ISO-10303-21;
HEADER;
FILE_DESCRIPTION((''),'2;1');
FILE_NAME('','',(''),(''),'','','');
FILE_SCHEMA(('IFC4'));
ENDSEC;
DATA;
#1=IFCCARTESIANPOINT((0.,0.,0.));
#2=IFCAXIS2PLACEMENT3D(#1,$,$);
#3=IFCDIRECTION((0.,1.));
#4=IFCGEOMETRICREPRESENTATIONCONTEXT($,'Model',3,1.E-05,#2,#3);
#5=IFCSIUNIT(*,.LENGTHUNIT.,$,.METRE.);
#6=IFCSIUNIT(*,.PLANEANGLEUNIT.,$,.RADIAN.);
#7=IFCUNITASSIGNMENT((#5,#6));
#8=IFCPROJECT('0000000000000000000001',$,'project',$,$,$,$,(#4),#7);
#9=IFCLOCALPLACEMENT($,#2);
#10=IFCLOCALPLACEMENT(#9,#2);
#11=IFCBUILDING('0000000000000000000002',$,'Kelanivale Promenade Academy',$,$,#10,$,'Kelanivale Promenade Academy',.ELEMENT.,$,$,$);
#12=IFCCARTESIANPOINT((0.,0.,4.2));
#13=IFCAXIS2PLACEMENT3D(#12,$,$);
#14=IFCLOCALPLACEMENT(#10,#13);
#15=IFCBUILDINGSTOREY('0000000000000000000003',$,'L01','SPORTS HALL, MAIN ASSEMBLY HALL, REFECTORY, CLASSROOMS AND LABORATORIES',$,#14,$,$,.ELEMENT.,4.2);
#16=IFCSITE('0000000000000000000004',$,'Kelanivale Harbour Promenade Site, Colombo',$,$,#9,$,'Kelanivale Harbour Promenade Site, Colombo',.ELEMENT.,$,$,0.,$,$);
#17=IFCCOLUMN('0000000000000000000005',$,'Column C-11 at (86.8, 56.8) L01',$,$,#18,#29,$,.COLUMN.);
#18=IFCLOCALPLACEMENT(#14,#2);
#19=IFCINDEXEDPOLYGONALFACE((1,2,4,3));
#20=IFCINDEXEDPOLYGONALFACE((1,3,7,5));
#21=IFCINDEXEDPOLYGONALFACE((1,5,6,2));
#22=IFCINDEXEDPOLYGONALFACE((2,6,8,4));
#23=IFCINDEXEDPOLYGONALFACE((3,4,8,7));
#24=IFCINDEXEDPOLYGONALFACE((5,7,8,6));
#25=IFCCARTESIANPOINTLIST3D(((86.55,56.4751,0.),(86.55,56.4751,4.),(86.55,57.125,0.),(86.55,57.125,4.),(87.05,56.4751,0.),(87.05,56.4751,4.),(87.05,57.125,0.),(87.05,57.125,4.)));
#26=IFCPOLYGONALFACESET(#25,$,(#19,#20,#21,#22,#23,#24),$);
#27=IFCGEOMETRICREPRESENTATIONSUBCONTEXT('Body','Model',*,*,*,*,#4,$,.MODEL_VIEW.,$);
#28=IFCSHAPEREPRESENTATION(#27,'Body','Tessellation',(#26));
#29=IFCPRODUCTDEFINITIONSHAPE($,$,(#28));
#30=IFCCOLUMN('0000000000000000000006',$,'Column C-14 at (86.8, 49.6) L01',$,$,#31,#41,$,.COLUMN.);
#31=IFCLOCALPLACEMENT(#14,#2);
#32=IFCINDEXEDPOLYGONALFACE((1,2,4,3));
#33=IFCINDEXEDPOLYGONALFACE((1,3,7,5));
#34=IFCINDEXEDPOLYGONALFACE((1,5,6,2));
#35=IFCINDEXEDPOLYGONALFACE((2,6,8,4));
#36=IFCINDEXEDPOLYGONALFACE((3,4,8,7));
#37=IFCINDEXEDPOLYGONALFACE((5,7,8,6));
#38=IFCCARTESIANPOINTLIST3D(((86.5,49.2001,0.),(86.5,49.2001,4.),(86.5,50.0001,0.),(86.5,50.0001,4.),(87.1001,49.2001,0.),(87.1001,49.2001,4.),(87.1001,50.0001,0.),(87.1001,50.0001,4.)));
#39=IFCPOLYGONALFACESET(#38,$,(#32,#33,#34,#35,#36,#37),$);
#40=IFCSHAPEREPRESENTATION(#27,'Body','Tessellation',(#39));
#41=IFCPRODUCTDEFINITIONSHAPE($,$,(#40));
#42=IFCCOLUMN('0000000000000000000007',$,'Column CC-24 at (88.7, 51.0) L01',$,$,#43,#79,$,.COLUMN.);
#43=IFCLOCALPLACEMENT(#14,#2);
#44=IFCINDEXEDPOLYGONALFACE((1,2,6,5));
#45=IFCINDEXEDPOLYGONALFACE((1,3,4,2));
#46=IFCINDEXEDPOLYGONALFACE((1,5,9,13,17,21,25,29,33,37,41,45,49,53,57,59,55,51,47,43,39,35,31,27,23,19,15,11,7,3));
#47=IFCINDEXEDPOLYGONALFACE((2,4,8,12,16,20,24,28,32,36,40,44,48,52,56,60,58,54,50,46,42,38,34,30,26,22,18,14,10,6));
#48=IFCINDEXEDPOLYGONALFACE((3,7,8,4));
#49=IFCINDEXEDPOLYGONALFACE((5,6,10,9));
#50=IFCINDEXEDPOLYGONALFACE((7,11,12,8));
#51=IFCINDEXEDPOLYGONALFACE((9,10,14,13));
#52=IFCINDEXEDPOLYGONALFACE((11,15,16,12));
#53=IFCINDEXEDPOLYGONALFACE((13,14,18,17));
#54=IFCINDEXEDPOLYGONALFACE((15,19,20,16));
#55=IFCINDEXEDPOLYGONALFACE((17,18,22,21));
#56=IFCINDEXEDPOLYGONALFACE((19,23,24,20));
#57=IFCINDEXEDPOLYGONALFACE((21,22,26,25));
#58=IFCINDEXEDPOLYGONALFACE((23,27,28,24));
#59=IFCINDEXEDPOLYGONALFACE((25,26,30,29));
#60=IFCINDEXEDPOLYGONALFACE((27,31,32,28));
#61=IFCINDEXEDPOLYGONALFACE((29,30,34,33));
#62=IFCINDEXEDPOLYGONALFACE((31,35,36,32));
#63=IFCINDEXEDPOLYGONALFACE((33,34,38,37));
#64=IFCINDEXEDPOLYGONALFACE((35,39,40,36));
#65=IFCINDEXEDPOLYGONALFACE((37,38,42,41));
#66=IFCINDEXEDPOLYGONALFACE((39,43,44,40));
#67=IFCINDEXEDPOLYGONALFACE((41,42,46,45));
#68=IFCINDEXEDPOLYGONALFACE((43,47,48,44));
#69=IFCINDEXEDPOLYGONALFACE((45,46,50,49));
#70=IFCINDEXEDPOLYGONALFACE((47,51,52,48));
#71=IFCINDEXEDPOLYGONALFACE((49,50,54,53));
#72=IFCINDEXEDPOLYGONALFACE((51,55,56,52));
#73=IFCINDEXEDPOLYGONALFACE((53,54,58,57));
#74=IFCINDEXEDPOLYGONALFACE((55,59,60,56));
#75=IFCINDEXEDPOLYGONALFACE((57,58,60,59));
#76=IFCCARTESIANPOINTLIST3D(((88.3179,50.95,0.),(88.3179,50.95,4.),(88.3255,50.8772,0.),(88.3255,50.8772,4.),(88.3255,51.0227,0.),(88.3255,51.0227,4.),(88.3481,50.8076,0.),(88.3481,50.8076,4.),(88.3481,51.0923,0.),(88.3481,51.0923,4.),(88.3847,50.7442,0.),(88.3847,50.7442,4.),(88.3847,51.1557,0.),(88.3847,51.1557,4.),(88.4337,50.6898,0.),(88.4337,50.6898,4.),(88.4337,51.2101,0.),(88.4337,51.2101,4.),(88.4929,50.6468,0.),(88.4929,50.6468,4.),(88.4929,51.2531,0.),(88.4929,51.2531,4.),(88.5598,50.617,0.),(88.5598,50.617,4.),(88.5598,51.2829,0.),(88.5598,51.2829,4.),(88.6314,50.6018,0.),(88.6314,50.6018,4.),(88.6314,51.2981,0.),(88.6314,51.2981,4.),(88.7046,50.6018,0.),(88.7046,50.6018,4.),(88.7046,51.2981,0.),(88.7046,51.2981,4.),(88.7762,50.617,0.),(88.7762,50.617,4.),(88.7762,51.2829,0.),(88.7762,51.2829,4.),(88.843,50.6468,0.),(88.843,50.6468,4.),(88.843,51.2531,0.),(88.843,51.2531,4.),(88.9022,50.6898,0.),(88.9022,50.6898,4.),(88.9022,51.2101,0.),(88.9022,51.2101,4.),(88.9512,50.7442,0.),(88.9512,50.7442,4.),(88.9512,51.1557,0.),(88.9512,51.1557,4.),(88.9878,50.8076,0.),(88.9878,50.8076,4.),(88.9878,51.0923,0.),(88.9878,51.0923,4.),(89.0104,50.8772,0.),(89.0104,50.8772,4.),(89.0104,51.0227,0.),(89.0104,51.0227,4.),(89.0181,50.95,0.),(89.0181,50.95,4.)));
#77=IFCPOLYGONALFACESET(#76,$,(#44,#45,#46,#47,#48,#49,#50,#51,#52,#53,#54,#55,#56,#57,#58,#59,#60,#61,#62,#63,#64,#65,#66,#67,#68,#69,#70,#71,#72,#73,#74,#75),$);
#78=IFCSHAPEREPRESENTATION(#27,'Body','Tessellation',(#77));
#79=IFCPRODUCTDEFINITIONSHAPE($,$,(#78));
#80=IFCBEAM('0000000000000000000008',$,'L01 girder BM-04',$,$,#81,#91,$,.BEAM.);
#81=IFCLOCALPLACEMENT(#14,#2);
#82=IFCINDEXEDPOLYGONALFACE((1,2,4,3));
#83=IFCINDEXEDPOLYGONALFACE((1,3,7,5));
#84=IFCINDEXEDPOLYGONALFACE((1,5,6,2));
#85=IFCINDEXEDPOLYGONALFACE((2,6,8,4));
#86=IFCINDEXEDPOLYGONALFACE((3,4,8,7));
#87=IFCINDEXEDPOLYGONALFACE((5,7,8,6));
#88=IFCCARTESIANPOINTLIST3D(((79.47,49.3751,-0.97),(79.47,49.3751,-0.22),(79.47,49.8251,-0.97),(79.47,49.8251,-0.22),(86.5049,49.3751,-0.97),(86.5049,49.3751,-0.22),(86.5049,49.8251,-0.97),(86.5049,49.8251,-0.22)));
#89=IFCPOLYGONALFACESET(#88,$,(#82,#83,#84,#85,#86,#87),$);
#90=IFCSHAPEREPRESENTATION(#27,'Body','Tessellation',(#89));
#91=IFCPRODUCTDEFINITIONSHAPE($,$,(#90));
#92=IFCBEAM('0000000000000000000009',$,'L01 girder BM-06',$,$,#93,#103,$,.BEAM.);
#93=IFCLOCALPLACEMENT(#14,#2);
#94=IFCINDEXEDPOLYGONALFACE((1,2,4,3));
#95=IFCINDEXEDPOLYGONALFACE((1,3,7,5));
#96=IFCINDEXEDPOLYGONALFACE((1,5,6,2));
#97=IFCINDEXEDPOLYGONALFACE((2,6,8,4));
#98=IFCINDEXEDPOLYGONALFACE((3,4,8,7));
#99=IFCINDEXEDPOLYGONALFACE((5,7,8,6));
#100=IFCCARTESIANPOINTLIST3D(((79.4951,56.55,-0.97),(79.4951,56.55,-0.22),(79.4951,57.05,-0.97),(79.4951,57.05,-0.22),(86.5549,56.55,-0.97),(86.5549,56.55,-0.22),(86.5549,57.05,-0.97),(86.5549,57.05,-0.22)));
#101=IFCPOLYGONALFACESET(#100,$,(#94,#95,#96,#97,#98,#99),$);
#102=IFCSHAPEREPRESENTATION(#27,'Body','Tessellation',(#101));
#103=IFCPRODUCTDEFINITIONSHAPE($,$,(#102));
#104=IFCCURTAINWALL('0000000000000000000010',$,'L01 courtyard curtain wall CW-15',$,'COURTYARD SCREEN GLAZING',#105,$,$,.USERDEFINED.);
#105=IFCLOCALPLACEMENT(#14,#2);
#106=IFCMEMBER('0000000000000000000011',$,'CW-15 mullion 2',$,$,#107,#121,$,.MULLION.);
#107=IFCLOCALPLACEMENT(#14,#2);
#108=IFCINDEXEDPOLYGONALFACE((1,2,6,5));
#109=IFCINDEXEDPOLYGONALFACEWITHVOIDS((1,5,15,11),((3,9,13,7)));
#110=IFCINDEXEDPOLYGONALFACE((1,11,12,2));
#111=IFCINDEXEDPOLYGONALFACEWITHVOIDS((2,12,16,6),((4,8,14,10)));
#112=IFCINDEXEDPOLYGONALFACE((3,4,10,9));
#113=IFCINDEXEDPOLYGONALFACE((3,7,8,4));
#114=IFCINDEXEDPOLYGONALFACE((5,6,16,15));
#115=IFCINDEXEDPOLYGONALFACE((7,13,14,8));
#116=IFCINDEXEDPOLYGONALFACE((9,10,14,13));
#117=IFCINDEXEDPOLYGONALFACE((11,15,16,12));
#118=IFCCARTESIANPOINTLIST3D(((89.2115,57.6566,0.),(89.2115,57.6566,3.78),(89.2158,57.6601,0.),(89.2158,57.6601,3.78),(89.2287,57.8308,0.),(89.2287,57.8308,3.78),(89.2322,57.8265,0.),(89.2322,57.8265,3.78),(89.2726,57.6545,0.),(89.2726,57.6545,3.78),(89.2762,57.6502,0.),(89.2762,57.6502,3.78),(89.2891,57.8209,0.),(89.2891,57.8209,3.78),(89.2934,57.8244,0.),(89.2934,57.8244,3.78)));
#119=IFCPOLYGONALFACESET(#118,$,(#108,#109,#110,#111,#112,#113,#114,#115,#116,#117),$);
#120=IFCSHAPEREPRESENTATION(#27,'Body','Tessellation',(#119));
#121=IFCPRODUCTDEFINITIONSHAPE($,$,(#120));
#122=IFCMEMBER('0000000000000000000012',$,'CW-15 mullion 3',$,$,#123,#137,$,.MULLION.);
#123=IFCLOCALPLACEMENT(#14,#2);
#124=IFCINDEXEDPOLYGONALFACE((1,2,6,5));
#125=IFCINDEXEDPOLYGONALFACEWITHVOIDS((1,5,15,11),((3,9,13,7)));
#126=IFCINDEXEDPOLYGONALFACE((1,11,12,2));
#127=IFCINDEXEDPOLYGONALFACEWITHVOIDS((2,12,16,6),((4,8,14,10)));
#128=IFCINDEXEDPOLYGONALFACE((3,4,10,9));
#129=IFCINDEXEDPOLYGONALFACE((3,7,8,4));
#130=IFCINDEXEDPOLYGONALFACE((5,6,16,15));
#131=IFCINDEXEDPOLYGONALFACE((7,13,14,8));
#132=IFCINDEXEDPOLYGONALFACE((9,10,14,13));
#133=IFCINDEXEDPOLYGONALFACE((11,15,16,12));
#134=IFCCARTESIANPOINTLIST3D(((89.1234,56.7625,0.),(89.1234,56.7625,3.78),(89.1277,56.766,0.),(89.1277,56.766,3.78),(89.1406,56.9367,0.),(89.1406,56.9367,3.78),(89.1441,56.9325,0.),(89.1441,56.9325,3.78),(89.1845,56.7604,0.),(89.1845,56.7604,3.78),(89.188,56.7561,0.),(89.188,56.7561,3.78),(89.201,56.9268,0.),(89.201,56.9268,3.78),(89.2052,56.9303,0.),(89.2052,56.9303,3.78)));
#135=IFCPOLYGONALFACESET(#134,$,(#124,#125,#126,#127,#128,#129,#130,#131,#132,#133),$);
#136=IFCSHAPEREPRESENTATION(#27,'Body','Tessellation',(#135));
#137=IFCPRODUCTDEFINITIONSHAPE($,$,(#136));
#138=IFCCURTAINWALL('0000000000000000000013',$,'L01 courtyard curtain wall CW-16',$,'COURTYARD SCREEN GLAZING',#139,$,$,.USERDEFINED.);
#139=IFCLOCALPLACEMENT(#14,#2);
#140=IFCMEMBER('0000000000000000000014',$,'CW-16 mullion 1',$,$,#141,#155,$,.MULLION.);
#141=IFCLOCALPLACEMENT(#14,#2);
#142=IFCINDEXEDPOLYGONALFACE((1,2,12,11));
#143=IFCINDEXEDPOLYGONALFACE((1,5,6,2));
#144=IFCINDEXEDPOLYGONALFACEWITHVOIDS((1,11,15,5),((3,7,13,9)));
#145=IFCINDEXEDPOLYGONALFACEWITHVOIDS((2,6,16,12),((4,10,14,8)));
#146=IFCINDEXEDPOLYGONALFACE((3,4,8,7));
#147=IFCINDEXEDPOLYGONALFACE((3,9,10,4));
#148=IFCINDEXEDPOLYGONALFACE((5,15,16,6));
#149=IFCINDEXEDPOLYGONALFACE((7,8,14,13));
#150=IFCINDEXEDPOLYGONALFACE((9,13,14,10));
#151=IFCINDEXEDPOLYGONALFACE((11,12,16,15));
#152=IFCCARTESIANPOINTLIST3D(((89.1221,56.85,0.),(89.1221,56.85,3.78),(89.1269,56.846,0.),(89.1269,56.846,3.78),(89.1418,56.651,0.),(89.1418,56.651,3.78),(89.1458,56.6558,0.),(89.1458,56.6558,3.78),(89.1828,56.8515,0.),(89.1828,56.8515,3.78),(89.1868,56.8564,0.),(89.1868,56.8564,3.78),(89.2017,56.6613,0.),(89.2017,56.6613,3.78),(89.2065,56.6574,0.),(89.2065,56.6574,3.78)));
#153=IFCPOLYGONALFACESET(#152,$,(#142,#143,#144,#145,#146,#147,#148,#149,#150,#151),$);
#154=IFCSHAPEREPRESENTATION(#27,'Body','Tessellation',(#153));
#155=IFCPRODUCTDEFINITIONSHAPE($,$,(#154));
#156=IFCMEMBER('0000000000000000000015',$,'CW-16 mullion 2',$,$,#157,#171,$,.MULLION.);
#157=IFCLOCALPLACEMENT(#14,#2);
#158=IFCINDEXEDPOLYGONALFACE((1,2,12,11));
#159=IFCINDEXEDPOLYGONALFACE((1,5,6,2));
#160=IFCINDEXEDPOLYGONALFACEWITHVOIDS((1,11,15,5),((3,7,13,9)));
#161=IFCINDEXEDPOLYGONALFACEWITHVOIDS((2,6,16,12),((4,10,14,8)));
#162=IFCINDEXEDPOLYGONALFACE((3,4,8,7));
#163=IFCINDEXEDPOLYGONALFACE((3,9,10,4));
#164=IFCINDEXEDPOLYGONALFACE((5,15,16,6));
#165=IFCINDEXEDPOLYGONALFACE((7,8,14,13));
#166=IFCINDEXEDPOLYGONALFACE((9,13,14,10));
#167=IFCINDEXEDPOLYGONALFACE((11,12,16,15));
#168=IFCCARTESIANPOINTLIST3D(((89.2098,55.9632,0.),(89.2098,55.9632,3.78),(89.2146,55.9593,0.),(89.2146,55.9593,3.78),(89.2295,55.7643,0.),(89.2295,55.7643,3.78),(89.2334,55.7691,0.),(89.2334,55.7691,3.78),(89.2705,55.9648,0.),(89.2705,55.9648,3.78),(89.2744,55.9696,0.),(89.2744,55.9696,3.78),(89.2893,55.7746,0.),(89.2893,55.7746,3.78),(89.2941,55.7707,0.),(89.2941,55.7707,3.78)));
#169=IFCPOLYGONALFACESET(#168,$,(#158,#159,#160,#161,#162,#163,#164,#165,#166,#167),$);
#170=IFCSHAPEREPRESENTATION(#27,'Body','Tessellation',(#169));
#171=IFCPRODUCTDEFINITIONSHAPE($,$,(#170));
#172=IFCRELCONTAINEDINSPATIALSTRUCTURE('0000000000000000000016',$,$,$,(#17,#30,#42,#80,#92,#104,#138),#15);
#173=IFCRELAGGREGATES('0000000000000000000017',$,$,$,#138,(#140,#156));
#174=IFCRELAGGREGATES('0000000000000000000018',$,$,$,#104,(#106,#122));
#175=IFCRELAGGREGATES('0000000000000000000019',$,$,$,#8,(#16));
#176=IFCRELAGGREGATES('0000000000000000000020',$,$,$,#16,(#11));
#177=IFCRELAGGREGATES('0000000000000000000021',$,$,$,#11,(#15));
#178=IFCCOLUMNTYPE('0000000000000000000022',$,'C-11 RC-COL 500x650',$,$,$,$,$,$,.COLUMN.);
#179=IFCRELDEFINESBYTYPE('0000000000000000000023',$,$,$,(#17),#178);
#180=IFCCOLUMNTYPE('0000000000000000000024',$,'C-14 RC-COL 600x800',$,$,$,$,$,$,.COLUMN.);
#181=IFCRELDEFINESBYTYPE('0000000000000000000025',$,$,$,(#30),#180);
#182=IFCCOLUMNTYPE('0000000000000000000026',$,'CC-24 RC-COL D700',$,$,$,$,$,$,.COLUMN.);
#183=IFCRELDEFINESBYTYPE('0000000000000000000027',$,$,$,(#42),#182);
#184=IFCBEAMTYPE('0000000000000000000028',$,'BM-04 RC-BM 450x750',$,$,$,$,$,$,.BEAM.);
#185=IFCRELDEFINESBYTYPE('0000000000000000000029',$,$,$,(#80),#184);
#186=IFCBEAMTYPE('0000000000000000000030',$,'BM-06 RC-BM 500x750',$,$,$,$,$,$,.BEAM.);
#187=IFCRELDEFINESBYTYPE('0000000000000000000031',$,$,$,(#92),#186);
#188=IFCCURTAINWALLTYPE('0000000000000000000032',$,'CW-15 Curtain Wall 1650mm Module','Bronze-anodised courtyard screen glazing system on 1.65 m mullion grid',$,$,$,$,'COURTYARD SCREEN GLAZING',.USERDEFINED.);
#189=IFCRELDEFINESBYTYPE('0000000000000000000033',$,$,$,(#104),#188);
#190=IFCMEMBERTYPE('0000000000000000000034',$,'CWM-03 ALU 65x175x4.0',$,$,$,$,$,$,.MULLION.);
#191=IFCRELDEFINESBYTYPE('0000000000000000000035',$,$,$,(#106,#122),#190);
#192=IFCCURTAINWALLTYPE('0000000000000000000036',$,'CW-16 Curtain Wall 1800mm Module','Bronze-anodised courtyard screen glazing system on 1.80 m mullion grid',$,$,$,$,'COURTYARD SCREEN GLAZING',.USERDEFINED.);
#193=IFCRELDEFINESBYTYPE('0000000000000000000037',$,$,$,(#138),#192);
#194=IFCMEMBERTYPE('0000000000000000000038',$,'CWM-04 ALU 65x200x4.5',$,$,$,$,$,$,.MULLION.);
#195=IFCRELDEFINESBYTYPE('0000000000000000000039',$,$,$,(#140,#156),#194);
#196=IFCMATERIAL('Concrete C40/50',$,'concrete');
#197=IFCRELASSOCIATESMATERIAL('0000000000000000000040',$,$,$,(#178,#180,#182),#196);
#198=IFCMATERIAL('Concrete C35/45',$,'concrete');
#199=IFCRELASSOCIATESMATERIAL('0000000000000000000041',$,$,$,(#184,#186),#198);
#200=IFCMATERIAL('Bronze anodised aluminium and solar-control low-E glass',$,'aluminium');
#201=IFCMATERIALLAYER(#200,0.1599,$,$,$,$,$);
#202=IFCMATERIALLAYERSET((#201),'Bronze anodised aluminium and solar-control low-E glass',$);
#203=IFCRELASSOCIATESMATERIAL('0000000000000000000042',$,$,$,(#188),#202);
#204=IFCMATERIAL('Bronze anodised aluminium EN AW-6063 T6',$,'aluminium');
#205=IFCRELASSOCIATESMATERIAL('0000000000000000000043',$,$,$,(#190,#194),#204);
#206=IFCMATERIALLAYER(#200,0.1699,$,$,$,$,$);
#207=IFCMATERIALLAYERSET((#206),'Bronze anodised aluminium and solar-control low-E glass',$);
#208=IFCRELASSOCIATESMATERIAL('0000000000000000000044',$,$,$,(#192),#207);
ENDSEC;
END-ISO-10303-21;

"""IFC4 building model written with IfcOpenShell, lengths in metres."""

from ifc_helpers import new_model, si_unit, direction, frame, origin, origin_2d, place, context, subcontext, project, spatial, rectangle, hollow_rectangle, circle, extrude, material, layer, layer_set, material_profile, profile_set, type_object, element, aggregate, save


model = new_model("IFC4")

# Units and contexts
model_context = context("Model", 3, precision=1e-05, world=origin(), true_north=direction((0.0, 1.0)))
body_context = subcontext(model_context, "Body", "Model", "MODEL_VIEW")
ifc_project = project(units=[si_unit("LENGTHUNIT", "METRE"), si_unit("PLANEANGLEUNIT", "RADIAN")], contexts=[model_context])

# Site, building, storey
site_placement = place(None, origin())
site = spatial("IfcSite", under=ifc_project, at=site_placement, Name="Kelanivale Harbour Promenade Site, Colombo", LongName="Kelanivale Harbour Promenade Site, Colombo", CompositionType="ELEMENT", RefElevation=0.0)
building_placement = place(site_placement, origin())
building = spatial("IfcBuilding", under=site, at=building_placement, Name="Kelanivale Promenade Academy", LongName="Kelanivale Promenade Academy", CompositionType="ELEMENT")
storey_placement = place(building_placement, frame((0.0, 0.0, 4.2)))
storey = spatial("IfcBuildingStorey", under=building, at=storey_placement, Name="L01", Description="SPORTS HALL, MAIN ASSEMBLY HALL, REFECTORY, CLASSROOMS AND LABORATORIES", CompositionType="ELEMENT", Elevation=4.2)

# Columns
ifc_material_1 = material(Name="Concrete C40/50", Category="concrete")
ifc_material_profile_1 = material_profile(ifc_material_1, rectangle(XDim=0.5, YDim=0.6499, at=origin_2d()), Name="RC-COL 500x650")
ifc_profile_set_1 = profile_set([ifc_material_profile_1], Name="Concrete C40/50")
column_type_1 = type_object("IfcColumnType", Name="C-11 RC-COL 500x650", PredefinedType="COLUMN", material=ifc_profile_set_1)
column_1_placement = place(storey_placement, frame((86.8, 56.8, 0.0), z_axis=(0.0, 0.0, 1.0), x_axis=(1.0, 0.0, 0.0)))
element("IfcColumn", 1, at=column_1_placement, inside=storey, type_object=column_type_1, Name="Column C-11 at (86.8, 56.8) L01", PredefinedType="COLUMN", context=body_context, shape_type="SweptSolid", body=[
    extrude(rectangle(XDim=0.5, YDim=0.6499, at=origin_2d()), origin(), (0.0, 0.0, 1.0), 4.0),
])
ifc_material_profile_2 = material_profile(ifc_material_1, rectangle(XDim=0.6001, YDim=0.8, at=origin_2d()), Name="RC-COL 600x800")
ifc_profile_set_2 = profile_set([ifc_material_profile_2], Name="Concrete C40/50")
column_type_2 = type_object("IfcColumnType", Name="C-14 RC-COL 600x800", PredefinedType="COLUMN", material=ifc_profile_set_2)
column_2_placement = place(storey_placement, frame((86.8, 49.6001, 0.0), z_axis=(0.0, 0.0, 1.0), x_axis=(1.0, 0.0, 0.0)))
element("IfcColumn", 2, at=column_2_placement, inside=storey, type_object=column_type_2, Name="Column C-14 at (86.8, 49.6) L01", PredefinedType="COLUMN", context=body_context, shape_type="SweptSolid", body=[
    extrude(rectangle(XDim=0.6001, YDim=0.8, at=origin_2d()), origin(), (0.0, 0.0, 1.0), 4.0),
])
ifc_material_profile_3 = material_profile(ifc_material_1, circle(Radius=0.3501, at=origin_2d()), Name="RC-COL D700")
ifc_profile_set_3 = profile_set([ifc_material_profile_3], Name="Concrete C40/50")
column_type_3 = type_object("IfcColumnType", Name="CC-24 RC-COL D700", PredefinedType="COLUMN", material=ifc_profile_set_3)
column_3_placement = place(storey_placement, frame((88.668, 50.95, 0.0), z_axis=(0.0, 0.0, 1.0), x_axis=(1.0, 0.0, 0.0)))
element("IfcColumn", 3, at=column_3_placement, inside=storey, type_object=column_type_3, Name="Column CC-24 at (88.7, 51.0) L01", PredefinedType="COLUMN", context=body_context, shape_type="SweptSolid", body=[
    extrude(circle(Radius=0.3501, at=origin_2d()), origin(), (0.0, 0.0, 1.0), 4.0),
])

# Beams
ifc_material_2 = material(Name="Concrete C35/45", Category="concrete")
ifc_material_profile_4 = material_profile(ifc_material_2, rectangle(XDim=0.45, YDim=0.75, at=origin_2d()), Name="RC-BM 450x750")
ifc_profile_set_4 = profile_set([ifc_material_profile_4], Name="Concrete C35/45")
beam_type_1 = type_object("IfcBeamType", Name="BM-04 RC-BM 450x750", PredefinedType="BEAM", material=ifc_profile_set_4)
beam_1_placement = place(storey_placement, frame((79.47, 49.6001, -0.595), z_axis=(1.0, 0.0, 0.0), x_axis=(0.0, 1.0, 0.0)))
element("IfcBeam", 4, at=beam_1_placement, inside=storey, type_object=beam_type_1, Name="L01 girder BM-04", PredefinedType="BEAM", context=body_context, shape_type="SweptSolid", body=[
    extrude(rectangle(XDim=0.45, YDim=0.75, at=origin_2d()), origin(), (0.0, 0.0, 1.0), 7.0349),
])
ifc_material_profile_5 = material_profile(ifc_material_2, rectangle(XDim=0.5, YDim=0.75, at=origin_2d()), Name="RC-BM 500x750")
ifc_profile_set_5 = profile_set([ifc_material_profile_5], Name="Concrete C35/45")
beam_type_2 = type_object("IfcBeamType", Name="BM-06 RC-BM 500x750", PredefinedType="BEAM", material=ifc_profile_set_5)
beam_2_placement = place(storey_placement, frame((79.4951, 56.8, -0.595), z_axis=(1.0, 0.0, 0.0), x_axis=(0.0, 1.0, 0.0)))
element("IfcBeam", 5, at=beam_2_placement, inside=storey, type_object=beam_type_2, Name="L01 girder BM-06", PredefinedType="BEAM", context=body_context, shape_type="SweptSolid", body=[
    extrude(rectangle(XDim=0.5, YDim=0.75, at=origin_2d()), origin(), (0.0, 0.0, 1.0), 7.0598),
])

# Curtain walls, members
ifc_material_3 = material(Name="Bronze anodised aluminium and solar-control low-E glass", Category="aluminium")
ifc_layer_1 = layer(ifc_material_3, 0.1599)
ifc_layer_set_1 = layer_set([ifc_layer_1], Name="Bronze anodised aluminium and solar-control low-E glass")
curtain_wall_type_1 = type_object("IfcCurtainWallType", Name="CW-15 Curtain Wall 1650mm Module", Description="Bronze-anodised courtyard screen glazing system on 1.65 m mullion grid", ElementType="COURTYARD SCREEN GLAZING", PredefinedType="USERDEFINED", material=ifc_layer_set_1)
curtain_wall_1_placement = place(storey_placement, origin())
curtain_wall_1 = element("IfcCurtainWall", 6, at=curtain_wall_1_placement, inside=storey, type_object=curtain_wall_type_1, Name="L01 courtyard curtain wall CW-15", ObjectType="COURTYARD SCREEN GLAZING", PredefinedType="USERDEFINED")
ifc_material_4 = material(Name="Bronze anodised aluminium EN AW-6063 T6", Category="aluminium")
ifc_material_profile_6 = material_profile(ifc_material_4, hollow_rectangle(XDim=0.0649, YDim=0.175, WallThickness=0.0039, at=origin_2d()), Name="ALU 65x175x4.0")
ifc_profile_set_6 = profile_set([ifc_material_profile_6], Name="Bronze anodised aluminium EN AW-6063 T6")
member_type_1 = type_object("IfcMemberType", Name="CWM-03 ALU 65x175x4.0", PredefinedType="MULLION", material=ifc_profile_set_6)
member_1_placement = place(storey_placement, frame((89.2524, 57.7405, 0.0), z_axis=(0.0, 0.0, 1.0), x_axis=(0.995159, -0.098281, 0.0)))
member_1 = element("IfcMember", 7, at=member_1_placement, type_object=member_type_1, Name="CW-15 mullion 2", PredefinedType="MULLION", context=body_context, shape_type="SweptSolid", body=[
    extrude(hollow_rectangle(XDim=0.0649, YDim=0.175, WallThickness=0.0039, at=origin_2d()), origin(), (0.0, 0.0, 1.0), 3.78),
])
member_2_placement = place(storey_placement, frame((89.1643, 56.8464, 0.0), z_axis=(0.0, 0.0, 1.0), x_axis=(0.995159, -0.098281, 0.0)))
member_2 = element("IfcMember", 8, at=member_2_placement, type_object=member_type_1, Name="CW-15 mullion 3", PredefinedType="MULLION", context=body_context, shape_type="SweptSolid", body=[
    extrude(hollow_rectangle(XDim=0.0649, YDim=0.175, WallThickness=0.0039, at=origin_2d()), origin(), (0.0, 0.0, 1.0), 3.78),
])
ifc_layer_2 = layer(ifc_material_3, 0.1699)
ifc_layer_set_2 = layer_set([ifc_layer_2], Name="Bronze anodised aluminium and solar-control low-E glass")
curtain_wall_type_2 = type_object("IfcCurtainWallType", Name="CW-16 Curtain Wall 1800mm Module", Description="Bronze-anodised courtyard screen glazing system on 1.80 m mullion grid", ElementType="COURTYARD SCREEN GLAZING", PredefinedType="USERDEFINED", material=ifc_layer_set_2)
curtain_wall_2_placement = place(storey_placement, origin())
curtain_wall_2 = element("IfcCurtainWall", 9, at=curtain_wall_2_placement, inside=storey, type_object=curtain_wall_type_2, Name="L01 courtyard curtain wall CW-16", ObjectType="COURTYARD SCREEN GLAZING", PredefinedType="USERDEFINED")
ifc_material_profile_7 = material_profile(ifc_material_4, hollow_rectangle(XDim=0.0649, YDim=0.2, WallThickness=0.0044, at=origin_2d()), Name="ALU 65x200x4.5")
ifc_profile_set_7 = profile_set([ifc_material_profile_7], Name="Bronze anodised aluminium EN AW-6063 T6")
member_type_2 = type_object("IfcMemberType", Name="CWM-04 ALU 65x200x4.5", PredefinedType="MULLION", material=ifc_profile_set_7)
member_3_placement = place(storey_placement, frame((89.1643, 56.7537, 0.0), z_axis=(0.0, 0.0, 1.0), x_axis=(0.995133, 0.098539, 0.0)))
member_3 = element("IfcMember", 10, at=member_3_placement, type_object=member_type_2, Name="CW-16 mullion 1", PredefinedType="MULLION", context=body_context, shape_type="SweptSolid", body=[
    extrude(hollow_rectangle(XDim=0.0649, YDim=0.2, WallThickness=0.0044, at=origin_2d()), origin(), (0.0, 0.0, 1.0), 3.78),
])
member_4_placement = place(storey_placement, frame((89.252, 55.8669, 0.0), z_axis=(0.0, 0.0, 1.0), x_axis=(0.995133, 0.098539, 0.0)))
member_4 = element("IfcMember", 11, at=member_4_placement, type_object=member_type_2, Name="CW-16 mullion 2", PredefinedType="MULLION", context=body_context, shape_type="SweptSolid", body=[
    extrude(hollow_rectangle(XDim=0.0649, YDim=0.2, WallThickness=0.0044, at=origin_2d()), origin(), (0.0, 0.0, 1.0), 3.78),
])

aggregate(curtain_wall_2, [member_3, member_4])
aggregate(curtain_wall_1, [member_1, member_2])

save(model, "model.ifc")
